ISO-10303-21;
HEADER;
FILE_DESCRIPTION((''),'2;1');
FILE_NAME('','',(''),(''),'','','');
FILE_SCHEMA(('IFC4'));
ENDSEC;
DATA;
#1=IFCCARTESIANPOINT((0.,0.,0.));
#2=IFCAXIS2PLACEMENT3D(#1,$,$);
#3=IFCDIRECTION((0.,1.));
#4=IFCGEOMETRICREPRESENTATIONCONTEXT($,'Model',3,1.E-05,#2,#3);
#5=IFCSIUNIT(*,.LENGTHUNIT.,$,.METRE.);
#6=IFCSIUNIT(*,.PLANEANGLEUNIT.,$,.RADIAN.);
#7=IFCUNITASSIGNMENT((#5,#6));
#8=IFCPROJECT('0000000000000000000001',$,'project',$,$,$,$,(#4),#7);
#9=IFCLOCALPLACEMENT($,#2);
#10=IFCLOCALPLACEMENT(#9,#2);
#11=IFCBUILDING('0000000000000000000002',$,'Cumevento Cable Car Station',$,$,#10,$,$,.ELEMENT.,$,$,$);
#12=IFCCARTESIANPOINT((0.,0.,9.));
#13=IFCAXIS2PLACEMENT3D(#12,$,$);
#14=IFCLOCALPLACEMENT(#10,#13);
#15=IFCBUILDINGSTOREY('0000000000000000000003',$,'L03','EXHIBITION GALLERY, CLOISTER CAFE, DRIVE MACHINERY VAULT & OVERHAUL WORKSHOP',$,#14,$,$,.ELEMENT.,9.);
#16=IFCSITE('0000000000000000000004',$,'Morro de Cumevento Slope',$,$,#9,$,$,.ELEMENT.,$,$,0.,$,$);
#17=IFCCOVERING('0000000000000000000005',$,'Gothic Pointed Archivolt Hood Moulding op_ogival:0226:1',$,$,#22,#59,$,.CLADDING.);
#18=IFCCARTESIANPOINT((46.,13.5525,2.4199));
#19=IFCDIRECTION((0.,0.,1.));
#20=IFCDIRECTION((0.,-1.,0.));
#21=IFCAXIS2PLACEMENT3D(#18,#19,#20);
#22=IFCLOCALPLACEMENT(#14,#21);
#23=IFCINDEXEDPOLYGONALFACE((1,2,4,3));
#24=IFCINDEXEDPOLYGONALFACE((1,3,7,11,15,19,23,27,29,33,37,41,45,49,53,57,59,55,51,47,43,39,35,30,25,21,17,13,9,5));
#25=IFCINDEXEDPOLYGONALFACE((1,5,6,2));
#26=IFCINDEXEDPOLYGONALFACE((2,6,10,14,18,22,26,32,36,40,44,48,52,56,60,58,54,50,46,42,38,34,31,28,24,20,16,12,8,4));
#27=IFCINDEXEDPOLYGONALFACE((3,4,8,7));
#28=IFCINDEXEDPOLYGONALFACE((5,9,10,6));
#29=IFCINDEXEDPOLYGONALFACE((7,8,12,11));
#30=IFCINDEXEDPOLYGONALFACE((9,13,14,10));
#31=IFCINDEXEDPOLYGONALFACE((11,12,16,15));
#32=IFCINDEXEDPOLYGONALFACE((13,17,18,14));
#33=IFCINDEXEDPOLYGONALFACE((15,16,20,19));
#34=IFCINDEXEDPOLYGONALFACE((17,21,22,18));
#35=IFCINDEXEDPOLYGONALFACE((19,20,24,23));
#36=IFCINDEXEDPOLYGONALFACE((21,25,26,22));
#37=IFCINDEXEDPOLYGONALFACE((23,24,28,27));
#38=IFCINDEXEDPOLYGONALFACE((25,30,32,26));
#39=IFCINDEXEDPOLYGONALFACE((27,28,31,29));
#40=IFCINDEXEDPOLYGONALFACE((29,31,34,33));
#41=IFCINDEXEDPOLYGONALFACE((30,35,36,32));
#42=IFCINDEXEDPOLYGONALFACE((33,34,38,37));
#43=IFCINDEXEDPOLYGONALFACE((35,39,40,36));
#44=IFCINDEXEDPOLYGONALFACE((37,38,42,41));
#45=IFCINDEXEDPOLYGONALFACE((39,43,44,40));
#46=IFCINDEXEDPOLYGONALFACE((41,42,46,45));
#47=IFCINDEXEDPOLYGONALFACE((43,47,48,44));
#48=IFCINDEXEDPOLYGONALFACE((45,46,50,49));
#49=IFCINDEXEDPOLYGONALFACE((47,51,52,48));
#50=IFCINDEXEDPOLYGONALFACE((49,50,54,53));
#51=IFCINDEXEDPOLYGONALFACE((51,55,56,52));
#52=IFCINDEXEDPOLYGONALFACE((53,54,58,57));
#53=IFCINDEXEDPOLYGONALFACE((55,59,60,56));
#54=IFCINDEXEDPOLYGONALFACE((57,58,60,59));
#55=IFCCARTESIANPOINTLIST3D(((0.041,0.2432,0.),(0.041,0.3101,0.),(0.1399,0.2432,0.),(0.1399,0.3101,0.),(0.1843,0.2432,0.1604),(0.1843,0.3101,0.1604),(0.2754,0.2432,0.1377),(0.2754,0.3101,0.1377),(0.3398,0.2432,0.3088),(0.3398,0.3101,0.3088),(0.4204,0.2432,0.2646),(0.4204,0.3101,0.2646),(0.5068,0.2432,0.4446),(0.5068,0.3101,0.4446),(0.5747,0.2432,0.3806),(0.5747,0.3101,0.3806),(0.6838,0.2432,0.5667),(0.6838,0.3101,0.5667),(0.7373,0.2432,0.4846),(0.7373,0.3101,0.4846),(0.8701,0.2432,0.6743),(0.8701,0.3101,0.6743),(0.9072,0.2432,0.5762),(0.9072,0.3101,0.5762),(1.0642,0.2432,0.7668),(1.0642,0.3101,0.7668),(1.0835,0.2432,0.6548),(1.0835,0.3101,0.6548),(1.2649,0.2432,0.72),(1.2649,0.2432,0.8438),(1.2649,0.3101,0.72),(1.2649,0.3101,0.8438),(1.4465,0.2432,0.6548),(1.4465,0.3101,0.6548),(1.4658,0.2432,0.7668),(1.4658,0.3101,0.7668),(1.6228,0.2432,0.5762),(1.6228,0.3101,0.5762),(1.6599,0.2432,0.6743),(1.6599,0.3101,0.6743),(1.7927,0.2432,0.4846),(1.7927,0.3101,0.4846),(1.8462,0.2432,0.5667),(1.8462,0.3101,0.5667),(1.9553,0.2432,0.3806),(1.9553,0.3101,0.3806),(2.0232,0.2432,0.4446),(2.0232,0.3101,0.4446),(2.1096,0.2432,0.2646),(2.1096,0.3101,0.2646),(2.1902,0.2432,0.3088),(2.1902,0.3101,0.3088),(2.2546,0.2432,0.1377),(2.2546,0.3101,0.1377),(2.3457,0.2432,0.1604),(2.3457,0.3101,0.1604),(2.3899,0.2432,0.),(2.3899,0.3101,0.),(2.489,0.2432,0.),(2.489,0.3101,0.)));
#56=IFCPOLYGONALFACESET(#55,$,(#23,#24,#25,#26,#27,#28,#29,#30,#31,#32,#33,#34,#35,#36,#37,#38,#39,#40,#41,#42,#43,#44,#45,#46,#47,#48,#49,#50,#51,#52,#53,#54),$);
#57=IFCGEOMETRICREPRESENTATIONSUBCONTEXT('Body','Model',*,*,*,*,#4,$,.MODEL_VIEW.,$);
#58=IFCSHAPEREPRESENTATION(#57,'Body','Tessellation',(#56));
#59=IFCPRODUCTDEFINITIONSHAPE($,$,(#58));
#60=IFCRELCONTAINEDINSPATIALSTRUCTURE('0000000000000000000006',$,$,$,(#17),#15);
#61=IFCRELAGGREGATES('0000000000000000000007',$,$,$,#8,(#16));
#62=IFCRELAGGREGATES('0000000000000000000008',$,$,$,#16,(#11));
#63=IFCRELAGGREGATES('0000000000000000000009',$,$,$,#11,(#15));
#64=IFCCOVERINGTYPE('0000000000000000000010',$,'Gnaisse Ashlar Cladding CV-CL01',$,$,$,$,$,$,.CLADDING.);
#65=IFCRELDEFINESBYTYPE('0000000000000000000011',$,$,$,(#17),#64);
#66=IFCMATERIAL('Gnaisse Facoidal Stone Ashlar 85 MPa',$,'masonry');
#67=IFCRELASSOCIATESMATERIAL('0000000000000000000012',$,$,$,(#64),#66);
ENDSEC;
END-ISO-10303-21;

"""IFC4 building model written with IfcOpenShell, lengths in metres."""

from ifc_helpers import new_model, si_unit, direction, frame, origin, place, context, subcontext, project, spatial, polyline, outline, extrude, material, type_object, element, save


model = new_model("IFC4")

# Units and contexts
model_context = context("Model", 3, precision=1e-05, world=origin(), true_north=direction((0.0, 1.0)))
body_context = subcontext(model_context, "Body", "Model", "MODEL_VIEW")
ifc_project = project(units=[si_unit("LENGTHUNIT", "METRE"), si_unit("PLANEANGLEUNIT", "RADIAN")], contexts=[model_context])

# Site, building, storey
site_placement = place(None, origin())
site = spatial("IfcSite", under=ifc_project, at=site_placement, Name="Morro de Cumevento Slope", CompositionType="ELEMENT", RefElevation=0.0)
building_placement = place(site_placement, origin())
building = spatial("IfcBuilding", under=site, at=building_placement, Name="Cumevento Cable Car Station", CompositionType="ELEMENT")
storey_placement = place(building_placement, frame((0.0, 0.0, 9.0)))
storey = spatial("IfcBuildingStorey", under=building, at=storey_placement, Name="L03", Description="EXHIBITION GALLERY, CLOISTER CAFE, DRIVE MACHINERY VAULT & OVERHAUL WORKSHOP", CompositionType="ELEMENT", Elevation=9.0)

# Covering
ifc_material_1 = material(Name="Gnaisse Facoidal Stone Ashlar 85 MPa", Category="masonry")
covering_type = type_object("IfcCoveringType", Name="Gnaisse Ashlar Cladding CV-CL01", PredefinedType="CLADDING", material=ifc_material_1)
covering_1_placement = place(storey_placement, frame((46.0, 13.5525, 2.4199), z_axis=(0.0, 0.0, 1.0), x_axis=(0.0, -1.0, 0.0)))
element("IfcCovering", 1, at=covering_1_placement, inside=storey, type_object=covering_type, Name="Gothic Pointed Archivolt Hood Moulding op_ogival:0226:1", PredefinedType="CLADDING", context=body_context, shape_type="SweptSolid", body=[
    extrude(outline(polyline([(0.1399, 0.0), (0.2754, 0.1377), (0.4204, 0.2646), (0.5747, 0.3806), (0.7373, 0.4846), (0.9072, 0.5762), (1.0835, 0.6548), (1.2649, 0.72), (1.4465, 0.6548), (1.6228, 0.5762), (1.7927, 0.4846), (1.9553, 0.3806), (2.1096, 0.2646), (2.2546, 0.1377), (2.3899, 0.0), (2.489, 0.0), (2.3457, 0.1604), (2.1902, 0.3088), (2.0232, 0.4446), (1.8462, 0.5667), (1.6599, 0.6743), (1.4658, 0.7668), (1.2649, 0.8438), (1.0642, 0.7668), (0.8701, 0.6743), (0.6838, 0.5667), (0.5068, 0.4446), (0.3398, 0.3088), (0.1843, 0.1604), (0.041, 0.0), (0.1399, 0.0)])), frame((0.0, 0.3101, 0.0), z_axis=(0.0, -1.0, 0.0), x_axis=(1.0, 0.0, 0.0)), (0.0, 0.0, 1.0), 0.0669),
])

save(model, "model.ifc")
